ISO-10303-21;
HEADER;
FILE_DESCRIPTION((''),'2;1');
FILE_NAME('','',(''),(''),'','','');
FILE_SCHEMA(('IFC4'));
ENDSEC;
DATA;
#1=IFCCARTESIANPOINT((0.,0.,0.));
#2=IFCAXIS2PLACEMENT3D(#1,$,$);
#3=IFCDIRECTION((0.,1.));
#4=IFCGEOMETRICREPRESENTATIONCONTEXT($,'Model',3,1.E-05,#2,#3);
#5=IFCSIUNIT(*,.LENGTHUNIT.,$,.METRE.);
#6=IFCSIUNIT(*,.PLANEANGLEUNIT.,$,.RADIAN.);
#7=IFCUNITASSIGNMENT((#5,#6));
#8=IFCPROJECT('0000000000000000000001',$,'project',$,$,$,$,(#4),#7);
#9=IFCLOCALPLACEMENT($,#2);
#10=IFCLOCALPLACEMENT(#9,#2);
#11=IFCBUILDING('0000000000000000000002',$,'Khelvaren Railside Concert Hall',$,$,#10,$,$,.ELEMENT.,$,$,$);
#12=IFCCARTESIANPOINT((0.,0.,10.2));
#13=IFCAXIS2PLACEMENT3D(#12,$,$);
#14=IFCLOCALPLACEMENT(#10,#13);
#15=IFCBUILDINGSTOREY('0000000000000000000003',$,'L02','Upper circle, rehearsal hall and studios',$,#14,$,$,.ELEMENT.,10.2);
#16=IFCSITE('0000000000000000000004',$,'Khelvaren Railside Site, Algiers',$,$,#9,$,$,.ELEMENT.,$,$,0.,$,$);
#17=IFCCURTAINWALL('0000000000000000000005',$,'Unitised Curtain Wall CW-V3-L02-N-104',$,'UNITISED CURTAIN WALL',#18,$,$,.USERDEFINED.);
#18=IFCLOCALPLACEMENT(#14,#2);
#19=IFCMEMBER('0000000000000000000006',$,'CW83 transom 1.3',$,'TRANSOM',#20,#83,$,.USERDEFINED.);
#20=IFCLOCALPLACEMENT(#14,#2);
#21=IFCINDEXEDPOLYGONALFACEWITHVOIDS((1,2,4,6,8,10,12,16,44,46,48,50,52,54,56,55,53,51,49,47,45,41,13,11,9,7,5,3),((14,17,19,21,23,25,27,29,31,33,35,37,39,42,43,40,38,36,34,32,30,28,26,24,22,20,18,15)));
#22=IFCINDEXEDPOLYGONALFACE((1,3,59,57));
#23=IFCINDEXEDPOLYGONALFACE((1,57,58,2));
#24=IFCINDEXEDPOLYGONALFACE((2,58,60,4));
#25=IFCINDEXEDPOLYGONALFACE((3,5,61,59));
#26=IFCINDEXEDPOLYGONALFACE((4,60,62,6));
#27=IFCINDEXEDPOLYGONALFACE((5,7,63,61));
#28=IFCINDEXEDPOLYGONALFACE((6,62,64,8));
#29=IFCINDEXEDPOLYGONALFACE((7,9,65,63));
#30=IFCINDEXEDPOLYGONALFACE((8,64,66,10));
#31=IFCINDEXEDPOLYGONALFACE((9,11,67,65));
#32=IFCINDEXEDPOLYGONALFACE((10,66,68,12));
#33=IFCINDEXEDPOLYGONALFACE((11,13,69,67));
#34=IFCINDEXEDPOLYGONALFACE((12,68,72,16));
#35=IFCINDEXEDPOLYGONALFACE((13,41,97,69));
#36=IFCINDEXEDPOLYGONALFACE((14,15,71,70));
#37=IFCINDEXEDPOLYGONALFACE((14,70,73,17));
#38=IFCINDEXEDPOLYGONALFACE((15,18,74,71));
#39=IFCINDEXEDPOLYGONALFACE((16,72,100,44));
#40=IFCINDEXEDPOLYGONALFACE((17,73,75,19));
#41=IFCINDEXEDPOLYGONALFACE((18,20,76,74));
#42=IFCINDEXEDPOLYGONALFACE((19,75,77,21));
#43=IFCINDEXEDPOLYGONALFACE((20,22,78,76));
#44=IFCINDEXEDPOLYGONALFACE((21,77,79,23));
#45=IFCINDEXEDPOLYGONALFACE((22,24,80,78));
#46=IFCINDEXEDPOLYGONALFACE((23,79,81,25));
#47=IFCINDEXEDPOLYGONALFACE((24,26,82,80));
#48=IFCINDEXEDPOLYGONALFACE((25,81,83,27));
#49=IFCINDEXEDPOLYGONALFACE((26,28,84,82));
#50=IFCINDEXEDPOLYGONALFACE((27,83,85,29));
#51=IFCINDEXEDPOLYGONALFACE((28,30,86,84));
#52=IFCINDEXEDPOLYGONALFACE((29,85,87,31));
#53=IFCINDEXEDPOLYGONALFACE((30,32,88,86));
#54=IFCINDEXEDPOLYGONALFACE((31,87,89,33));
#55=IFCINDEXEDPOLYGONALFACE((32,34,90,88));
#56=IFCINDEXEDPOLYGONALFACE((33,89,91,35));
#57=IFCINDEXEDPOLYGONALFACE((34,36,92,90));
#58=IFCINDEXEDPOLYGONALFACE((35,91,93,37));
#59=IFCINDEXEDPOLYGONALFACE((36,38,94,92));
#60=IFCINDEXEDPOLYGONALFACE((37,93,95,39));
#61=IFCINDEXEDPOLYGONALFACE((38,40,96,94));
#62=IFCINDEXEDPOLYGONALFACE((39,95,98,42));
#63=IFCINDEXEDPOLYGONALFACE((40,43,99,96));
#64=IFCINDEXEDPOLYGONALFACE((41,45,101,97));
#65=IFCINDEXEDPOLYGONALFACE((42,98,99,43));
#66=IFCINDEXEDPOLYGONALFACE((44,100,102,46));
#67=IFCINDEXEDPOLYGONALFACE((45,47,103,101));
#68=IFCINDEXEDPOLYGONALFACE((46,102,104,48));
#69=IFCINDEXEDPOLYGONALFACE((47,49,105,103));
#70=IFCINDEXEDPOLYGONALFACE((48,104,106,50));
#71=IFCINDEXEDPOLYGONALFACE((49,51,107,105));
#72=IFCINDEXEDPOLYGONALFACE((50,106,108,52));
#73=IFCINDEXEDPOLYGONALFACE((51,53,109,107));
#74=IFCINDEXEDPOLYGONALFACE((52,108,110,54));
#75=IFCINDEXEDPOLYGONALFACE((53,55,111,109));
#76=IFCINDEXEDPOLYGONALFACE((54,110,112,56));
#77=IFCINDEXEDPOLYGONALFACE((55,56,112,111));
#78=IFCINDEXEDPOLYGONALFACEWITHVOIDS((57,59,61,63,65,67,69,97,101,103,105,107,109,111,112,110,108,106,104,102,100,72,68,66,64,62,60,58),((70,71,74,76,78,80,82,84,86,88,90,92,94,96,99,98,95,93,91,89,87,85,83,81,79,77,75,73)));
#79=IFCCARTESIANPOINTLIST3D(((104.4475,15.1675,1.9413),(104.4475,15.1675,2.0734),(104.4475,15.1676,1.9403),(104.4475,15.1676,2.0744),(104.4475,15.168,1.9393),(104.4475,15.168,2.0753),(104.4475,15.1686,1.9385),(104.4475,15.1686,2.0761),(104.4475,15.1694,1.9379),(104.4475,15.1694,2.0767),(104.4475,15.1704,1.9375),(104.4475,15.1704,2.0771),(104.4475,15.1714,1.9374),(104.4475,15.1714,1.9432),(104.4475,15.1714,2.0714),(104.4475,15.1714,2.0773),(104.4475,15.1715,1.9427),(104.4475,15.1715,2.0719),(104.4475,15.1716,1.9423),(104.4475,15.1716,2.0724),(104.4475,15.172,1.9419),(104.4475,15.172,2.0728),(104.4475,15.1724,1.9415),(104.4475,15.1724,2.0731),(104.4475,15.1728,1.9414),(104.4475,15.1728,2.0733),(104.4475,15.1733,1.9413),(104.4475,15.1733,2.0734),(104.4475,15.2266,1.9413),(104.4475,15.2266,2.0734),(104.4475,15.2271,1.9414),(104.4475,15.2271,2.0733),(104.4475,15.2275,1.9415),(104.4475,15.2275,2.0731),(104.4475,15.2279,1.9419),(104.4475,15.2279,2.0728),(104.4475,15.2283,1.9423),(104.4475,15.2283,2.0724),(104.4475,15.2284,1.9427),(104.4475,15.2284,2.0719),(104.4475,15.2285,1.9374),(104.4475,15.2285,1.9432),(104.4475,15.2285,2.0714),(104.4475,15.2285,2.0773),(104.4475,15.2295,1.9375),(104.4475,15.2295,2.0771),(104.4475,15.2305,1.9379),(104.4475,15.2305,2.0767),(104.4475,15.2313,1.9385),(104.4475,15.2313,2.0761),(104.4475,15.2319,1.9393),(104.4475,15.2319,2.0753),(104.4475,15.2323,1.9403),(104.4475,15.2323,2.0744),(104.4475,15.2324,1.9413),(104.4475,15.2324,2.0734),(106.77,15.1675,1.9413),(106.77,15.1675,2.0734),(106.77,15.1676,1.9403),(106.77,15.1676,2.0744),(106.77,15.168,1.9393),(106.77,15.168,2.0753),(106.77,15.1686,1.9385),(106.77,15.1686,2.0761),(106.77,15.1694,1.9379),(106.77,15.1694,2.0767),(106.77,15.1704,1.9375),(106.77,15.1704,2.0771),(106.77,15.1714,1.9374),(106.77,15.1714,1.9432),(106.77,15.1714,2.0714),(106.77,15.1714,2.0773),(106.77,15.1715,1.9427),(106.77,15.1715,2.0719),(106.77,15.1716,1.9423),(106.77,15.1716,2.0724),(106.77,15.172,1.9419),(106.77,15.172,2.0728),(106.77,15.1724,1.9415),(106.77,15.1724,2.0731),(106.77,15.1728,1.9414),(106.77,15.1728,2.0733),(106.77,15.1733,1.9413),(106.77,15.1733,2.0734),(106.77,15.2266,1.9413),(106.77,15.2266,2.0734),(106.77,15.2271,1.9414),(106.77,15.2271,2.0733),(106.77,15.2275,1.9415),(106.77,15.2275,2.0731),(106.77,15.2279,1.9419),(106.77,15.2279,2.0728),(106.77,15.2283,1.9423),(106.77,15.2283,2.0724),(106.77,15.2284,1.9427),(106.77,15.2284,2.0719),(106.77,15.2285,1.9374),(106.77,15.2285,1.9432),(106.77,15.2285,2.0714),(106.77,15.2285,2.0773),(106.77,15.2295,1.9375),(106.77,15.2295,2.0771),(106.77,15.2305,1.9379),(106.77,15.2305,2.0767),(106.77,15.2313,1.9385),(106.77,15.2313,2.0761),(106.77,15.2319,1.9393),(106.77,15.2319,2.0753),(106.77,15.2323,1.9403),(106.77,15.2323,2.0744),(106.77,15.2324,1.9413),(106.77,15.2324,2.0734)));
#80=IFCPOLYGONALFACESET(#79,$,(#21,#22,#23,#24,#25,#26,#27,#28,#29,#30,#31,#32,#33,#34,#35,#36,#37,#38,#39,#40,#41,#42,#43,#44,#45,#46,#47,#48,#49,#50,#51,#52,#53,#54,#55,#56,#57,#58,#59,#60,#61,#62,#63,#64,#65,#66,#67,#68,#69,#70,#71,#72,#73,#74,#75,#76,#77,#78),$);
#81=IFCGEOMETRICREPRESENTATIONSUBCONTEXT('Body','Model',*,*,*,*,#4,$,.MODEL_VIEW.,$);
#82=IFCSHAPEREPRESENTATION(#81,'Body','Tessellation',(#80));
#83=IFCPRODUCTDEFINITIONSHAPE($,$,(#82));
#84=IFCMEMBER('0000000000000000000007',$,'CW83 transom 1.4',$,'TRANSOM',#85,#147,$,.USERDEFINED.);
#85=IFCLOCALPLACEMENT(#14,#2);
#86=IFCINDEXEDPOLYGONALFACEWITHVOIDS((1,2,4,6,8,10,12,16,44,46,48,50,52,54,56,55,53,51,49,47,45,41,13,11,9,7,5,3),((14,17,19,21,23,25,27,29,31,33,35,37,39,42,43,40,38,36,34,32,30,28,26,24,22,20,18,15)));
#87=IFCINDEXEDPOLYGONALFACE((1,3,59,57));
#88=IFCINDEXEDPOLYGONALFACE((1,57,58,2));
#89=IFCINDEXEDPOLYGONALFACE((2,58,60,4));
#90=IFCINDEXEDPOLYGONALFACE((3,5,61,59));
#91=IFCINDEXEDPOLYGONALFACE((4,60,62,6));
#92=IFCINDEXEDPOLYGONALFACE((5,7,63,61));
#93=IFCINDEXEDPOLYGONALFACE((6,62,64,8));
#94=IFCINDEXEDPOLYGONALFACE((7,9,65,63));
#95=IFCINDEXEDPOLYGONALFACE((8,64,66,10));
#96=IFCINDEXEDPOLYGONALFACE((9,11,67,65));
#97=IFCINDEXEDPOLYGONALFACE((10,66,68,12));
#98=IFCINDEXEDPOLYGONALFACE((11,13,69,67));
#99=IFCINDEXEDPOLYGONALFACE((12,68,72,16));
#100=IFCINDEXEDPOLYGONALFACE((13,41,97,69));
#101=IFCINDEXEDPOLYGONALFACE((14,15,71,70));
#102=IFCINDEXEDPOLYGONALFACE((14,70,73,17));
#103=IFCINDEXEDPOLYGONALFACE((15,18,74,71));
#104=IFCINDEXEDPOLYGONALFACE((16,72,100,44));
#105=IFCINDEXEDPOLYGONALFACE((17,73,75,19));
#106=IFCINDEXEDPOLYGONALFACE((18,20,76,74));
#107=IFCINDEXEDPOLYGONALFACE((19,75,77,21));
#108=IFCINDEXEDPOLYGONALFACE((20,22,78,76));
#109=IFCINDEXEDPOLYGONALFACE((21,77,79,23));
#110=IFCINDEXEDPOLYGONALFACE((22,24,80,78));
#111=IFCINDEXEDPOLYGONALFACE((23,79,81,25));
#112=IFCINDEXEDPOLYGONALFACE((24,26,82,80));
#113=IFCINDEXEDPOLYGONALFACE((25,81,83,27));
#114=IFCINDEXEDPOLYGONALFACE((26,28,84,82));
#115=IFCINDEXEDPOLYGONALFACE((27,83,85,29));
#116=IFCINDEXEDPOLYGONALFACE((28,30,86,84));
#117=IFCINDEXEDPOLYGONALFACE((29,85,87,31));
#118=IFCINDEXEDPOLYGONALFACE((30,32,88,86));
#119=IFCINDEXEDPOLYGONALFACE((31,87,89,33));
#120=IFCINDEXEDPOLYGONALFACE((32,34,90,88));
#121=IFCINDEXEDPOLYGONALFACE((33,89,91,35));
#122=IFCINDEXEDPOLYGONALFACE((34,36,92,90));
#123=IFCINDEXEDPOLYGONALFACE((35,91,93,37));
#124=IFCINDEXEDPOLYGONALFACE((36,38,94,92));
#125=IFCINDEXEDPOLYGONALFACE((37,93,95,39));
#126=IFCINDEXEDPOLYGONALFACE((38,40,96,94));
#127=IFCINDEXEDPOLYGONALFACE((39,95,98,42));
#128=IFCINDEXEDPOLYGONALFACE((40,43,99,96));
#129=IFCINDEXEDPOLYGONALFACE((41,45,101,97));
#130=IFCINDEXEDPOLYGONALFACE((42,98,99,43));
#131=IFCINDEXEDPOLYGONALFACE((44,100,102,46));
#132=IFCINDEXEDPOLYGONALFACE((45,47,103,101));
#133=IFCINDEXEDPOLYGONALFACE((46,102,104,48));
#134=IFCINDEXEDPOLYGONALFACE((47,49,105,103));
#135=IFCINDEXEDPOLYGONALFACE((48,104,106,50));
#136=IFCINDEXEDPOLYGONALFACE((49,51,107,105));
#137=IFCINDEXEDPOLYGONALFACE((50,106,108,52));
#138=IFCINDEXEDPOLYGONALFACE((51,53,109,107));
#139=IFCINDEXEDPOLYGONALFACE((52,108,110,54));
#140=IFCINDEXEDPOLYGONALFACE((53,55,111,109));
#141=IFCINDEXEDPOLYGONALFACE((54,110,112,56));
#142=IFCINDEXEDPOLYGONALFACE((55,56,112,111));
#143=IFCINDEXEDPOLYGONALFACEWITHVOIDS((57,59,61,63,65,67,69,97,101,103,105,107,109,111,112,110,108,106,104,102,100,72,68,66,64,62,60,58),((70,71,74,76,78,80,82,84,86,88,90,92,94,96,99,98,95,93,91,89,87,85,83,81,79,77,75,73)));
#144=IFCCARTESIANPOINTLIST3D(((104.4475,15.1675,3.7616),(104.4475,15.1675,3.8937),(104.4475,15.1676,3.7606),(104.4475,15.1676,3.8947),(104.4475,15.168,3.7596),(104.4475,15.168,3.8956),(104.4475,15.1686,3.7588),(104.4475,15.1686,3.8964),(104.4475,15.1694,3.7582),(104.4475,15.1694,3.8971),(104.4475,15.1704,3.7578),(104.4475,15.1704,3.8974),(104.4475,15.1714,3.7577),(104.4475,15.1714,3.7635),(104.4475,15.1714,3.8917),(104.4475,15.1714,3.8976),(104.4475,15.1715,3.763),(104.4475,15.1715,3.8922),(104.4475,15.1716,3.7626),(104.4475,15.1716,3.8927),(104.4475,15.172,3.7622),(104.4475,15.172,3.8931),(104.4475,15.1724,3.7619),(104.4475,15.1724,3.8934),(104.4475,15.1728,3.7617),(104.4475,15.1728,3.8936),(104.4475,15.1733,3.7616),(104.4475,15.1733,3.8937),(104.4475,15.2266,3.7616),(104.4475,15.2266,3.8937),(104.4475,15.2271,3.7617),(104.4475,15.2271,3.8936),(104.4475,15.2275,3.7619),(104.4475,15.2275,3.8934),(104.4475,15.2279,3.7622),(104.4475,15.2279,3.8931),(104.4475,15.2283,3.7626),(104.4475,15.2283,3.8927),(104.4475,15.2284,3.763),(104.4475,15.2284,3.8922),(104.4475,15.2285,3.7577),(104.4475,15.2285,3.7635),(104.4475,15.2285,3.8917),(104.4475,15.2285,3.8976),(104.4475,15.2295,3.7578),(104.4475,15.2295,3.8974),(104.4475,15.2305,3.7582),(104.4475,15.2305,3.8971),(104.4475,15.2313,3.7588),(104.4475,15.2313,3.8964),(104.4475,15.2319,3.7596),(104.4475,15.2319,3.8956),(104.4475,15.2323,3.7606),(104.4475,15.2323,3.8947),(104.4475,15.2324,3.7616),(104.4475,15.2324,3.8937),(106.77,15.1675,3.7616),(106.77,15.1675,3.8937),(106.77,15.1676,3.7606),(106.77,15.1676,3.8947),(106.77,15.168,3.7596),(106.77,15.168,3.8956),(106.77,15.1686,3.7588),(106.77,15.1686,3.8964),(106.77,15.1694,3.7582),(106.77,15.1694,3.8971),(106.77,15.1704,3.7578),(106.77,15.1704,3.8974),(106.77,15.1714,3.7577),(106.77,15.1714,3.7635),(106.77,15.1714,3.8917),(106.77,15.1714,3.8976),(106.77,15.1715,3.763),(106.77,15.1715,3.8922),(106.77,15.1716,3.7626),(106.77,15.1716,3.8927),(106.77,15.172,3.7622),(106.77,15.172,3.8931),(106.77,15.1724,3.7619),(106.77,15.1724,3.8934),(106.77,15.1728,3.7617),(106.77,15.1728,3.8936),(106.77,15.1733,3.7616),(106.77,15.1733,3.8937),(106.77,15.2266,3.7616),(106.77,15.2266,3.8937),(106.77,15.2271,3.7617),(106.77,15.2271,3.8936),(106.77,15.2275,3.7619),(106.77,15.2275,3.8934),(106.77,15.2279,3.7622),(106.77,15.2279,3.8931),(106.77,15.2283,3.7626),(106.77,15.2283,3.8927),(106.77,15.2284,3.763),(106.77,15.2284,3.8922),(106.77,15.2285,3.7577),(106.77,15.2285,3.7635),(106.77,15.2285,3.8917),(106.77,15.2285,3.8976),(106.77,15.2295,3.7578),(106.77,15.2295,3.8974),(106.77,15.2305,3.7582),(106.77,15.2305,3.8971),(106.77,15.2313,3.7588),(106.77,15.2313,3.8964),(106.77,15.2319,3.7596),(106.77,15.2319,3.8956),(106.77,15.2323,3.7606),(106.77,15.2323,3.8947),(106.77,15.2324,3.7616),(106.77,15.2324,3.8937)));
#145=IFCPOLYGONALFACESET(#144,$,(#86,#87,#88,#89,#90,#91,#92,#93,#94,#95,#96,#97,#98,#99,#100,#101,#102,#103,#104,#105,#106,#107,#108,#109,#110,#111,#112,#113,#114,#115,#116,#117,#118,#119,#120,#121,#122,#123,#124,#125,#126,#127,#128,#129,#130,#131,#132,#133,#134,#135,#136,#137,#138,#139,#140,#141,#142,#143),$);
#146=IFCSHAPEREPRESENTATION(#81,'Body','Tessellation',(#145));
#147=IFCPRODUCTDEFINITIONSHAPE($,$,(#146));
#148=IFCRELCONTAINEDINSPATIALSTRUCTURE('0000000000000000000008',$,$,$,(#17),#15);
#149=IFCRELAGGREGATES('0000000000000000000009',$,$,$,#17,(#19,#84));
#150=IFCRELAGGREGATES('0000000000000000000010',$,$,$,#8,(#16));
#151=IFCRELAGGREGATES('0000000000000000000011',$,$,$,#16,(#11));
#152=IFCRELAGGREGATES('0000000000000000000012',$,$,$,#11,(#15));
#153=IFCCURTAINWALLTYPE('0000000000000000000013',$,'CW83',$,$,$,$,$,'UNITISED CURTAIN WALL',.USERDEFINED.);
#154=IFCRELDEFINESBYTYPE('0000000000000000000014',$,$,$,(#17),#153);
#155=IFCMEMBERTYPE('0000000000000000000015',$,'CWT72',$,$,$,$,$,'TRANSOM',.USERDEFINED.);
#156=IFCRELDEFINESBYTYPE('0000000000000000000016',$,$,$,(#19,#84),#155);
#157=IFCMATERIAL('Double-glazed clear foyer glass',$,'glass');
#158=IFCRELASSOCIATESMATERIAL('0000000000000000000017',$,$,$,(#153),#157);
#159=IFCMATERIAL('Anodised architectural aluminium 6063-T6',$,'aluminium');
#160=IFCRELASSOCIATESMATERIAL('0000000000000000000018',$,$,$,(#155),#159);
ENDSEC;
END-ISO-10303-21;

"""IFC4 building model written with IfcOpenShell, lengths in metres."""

from ifc_helpers import new_model, si_unit, direction, frame, origin, origin_2d, place, context, subcontext, project, spatial, hollow_rectangle, extrude, material, material_profile, profile_set, type_object, element, aggregate, save


model = new_model("IFC4")

# Units and contexts
model_context = context("Model", 3, precision=1e-05, world=origin(), true_north=direction((0.0, 1.0)))
body_context = subcontext(model_context, "Body", "Model", "MODEL_VIEW")
ifc_project = project(units=[si_unit("LENGTHUNIT", "METRE"), si_unit("PLANEANGLEUNIT", "RADIAN")], contexts=[model_context])

# Site, building, storey
site_placement = place(None, origin())
site = spatial("IfcSite", under=ifc_project, at=site_placement, Name="Khelvaren Railside Site, Algiers", CompositionType="ELEMENT", RefElevation=0.0)
building_placement = place(site_placement, origin())
building = spatial("IfcBuilding", under=site, at=building_placement, Name="Khelvaren Railside Concert Hall", CompositionType="ELEMENT")
storey_placement = place(building_placement, frame((0.0, 0.0, 10.2)))
storey = spatial("IfcBuildingStorey", under=building, at=storey_placement, Name="L02", Description="Upper circle, rehearsal hall and studios", CompositionType="ELEMENT", Elevation=10.2)

# Shared definitions
ifc_material_1 = material(Name="Double-glazed clear foyer glass", Category="glass")
ifc_material_2 = material(Name="Anodised architectural aluminium 6063-T6", Category="aluminium")

# Curtain wall, members
curtain_wall_type_1 = type_object("IfcCurtainWallType", Name="CW83", ElementType="UNITISED CURTAIN WALL", PredefinedType="USERDEFINED", material=ifc_material_1)
curtain_wall_1_placement = place(storey_placement, origin())
curtain_wall_1 = element("IfcCurtainWall", 1, at=curtain_wall_1_placement, inside=storey, type_object=curtain_wall_type_1, Name="Unitised Curtain Wall CW-V3-L02-N-104", ObjectType="UNITISED CURTAIN WALL", PredefinedType="USERDEFINED")
ifc_material_profile_1 = material_profile(ifc_material_2, hollow_rectangle(XDim=0.0649, YDim=0.1399, WallThickness=0.0039, InnerFilletRadius=0.002, OuterFilletRadius=0.0039, at=origin_2d()), Name="CWT 65x140x4")
ifc_profile_set_1 = profile_set([ifc_material_profile_1], Name="Anodised architectural aluminium 6063-T6")
member_type_1 = type_object("IfcMemberType", Name="CWT72", ElementType="TRANSOM", PredefinedType="USERDEFINED", material=ifc_profile_set_1)
member_1_placement = place(storey_placement, frame((104.4475, 15.2, 2.0073), z_axis=(1.0, 0.0, 0.0), x_axis=(0.0, 1.0, 0.0)))
member_1 = element("IfcMember", 2, at=member_1_placement, type_object=member_type_1, Name="CW83 transom 1.3", ObjectType="TRANSOM", PredefinedType="USERDEFINED", context=body_context, shape_type="SweptSolid", body=[
    extrude(hollow_rectangle(XDim=0.0649, YDim=0.1399, WallThickness=0.0039, InnerFilletRadius=0.002, OuterFilletRadius=0.0039, at=origin_2d()), origin(), (0.0, 0.0, 1.0), 2.3225),
])
member_2_placement = place(storey_placement, frame((104.4475, 15.2, 3.8276), z_axis=(1.0, 0.0, 0.0), x_axis=(0.0, 1.0, 0.0)))
member_2 = element("IfcMember", 3, at=member_2_placement, type_object=member_type_1, Name="CW83 transom 1.4", ObjectType="TRANSOM", PredefinedType="USERDEFINED", context=body_context, shape_type="SweptSolid", body=[
    extrude(hollow_rectangle(XDim=0.0649, YDim=0.1399, WallThickness=0.0039, InnerFilletRadius=0.002, OuterFilletRadius=0.0039, at=origin_2d()), origin(), (0.0, 0.0, 1.0), 2.3225),
])

aggregate(curtain_wall_1, [member_1, member_2])

save(model, "model.ifc")
